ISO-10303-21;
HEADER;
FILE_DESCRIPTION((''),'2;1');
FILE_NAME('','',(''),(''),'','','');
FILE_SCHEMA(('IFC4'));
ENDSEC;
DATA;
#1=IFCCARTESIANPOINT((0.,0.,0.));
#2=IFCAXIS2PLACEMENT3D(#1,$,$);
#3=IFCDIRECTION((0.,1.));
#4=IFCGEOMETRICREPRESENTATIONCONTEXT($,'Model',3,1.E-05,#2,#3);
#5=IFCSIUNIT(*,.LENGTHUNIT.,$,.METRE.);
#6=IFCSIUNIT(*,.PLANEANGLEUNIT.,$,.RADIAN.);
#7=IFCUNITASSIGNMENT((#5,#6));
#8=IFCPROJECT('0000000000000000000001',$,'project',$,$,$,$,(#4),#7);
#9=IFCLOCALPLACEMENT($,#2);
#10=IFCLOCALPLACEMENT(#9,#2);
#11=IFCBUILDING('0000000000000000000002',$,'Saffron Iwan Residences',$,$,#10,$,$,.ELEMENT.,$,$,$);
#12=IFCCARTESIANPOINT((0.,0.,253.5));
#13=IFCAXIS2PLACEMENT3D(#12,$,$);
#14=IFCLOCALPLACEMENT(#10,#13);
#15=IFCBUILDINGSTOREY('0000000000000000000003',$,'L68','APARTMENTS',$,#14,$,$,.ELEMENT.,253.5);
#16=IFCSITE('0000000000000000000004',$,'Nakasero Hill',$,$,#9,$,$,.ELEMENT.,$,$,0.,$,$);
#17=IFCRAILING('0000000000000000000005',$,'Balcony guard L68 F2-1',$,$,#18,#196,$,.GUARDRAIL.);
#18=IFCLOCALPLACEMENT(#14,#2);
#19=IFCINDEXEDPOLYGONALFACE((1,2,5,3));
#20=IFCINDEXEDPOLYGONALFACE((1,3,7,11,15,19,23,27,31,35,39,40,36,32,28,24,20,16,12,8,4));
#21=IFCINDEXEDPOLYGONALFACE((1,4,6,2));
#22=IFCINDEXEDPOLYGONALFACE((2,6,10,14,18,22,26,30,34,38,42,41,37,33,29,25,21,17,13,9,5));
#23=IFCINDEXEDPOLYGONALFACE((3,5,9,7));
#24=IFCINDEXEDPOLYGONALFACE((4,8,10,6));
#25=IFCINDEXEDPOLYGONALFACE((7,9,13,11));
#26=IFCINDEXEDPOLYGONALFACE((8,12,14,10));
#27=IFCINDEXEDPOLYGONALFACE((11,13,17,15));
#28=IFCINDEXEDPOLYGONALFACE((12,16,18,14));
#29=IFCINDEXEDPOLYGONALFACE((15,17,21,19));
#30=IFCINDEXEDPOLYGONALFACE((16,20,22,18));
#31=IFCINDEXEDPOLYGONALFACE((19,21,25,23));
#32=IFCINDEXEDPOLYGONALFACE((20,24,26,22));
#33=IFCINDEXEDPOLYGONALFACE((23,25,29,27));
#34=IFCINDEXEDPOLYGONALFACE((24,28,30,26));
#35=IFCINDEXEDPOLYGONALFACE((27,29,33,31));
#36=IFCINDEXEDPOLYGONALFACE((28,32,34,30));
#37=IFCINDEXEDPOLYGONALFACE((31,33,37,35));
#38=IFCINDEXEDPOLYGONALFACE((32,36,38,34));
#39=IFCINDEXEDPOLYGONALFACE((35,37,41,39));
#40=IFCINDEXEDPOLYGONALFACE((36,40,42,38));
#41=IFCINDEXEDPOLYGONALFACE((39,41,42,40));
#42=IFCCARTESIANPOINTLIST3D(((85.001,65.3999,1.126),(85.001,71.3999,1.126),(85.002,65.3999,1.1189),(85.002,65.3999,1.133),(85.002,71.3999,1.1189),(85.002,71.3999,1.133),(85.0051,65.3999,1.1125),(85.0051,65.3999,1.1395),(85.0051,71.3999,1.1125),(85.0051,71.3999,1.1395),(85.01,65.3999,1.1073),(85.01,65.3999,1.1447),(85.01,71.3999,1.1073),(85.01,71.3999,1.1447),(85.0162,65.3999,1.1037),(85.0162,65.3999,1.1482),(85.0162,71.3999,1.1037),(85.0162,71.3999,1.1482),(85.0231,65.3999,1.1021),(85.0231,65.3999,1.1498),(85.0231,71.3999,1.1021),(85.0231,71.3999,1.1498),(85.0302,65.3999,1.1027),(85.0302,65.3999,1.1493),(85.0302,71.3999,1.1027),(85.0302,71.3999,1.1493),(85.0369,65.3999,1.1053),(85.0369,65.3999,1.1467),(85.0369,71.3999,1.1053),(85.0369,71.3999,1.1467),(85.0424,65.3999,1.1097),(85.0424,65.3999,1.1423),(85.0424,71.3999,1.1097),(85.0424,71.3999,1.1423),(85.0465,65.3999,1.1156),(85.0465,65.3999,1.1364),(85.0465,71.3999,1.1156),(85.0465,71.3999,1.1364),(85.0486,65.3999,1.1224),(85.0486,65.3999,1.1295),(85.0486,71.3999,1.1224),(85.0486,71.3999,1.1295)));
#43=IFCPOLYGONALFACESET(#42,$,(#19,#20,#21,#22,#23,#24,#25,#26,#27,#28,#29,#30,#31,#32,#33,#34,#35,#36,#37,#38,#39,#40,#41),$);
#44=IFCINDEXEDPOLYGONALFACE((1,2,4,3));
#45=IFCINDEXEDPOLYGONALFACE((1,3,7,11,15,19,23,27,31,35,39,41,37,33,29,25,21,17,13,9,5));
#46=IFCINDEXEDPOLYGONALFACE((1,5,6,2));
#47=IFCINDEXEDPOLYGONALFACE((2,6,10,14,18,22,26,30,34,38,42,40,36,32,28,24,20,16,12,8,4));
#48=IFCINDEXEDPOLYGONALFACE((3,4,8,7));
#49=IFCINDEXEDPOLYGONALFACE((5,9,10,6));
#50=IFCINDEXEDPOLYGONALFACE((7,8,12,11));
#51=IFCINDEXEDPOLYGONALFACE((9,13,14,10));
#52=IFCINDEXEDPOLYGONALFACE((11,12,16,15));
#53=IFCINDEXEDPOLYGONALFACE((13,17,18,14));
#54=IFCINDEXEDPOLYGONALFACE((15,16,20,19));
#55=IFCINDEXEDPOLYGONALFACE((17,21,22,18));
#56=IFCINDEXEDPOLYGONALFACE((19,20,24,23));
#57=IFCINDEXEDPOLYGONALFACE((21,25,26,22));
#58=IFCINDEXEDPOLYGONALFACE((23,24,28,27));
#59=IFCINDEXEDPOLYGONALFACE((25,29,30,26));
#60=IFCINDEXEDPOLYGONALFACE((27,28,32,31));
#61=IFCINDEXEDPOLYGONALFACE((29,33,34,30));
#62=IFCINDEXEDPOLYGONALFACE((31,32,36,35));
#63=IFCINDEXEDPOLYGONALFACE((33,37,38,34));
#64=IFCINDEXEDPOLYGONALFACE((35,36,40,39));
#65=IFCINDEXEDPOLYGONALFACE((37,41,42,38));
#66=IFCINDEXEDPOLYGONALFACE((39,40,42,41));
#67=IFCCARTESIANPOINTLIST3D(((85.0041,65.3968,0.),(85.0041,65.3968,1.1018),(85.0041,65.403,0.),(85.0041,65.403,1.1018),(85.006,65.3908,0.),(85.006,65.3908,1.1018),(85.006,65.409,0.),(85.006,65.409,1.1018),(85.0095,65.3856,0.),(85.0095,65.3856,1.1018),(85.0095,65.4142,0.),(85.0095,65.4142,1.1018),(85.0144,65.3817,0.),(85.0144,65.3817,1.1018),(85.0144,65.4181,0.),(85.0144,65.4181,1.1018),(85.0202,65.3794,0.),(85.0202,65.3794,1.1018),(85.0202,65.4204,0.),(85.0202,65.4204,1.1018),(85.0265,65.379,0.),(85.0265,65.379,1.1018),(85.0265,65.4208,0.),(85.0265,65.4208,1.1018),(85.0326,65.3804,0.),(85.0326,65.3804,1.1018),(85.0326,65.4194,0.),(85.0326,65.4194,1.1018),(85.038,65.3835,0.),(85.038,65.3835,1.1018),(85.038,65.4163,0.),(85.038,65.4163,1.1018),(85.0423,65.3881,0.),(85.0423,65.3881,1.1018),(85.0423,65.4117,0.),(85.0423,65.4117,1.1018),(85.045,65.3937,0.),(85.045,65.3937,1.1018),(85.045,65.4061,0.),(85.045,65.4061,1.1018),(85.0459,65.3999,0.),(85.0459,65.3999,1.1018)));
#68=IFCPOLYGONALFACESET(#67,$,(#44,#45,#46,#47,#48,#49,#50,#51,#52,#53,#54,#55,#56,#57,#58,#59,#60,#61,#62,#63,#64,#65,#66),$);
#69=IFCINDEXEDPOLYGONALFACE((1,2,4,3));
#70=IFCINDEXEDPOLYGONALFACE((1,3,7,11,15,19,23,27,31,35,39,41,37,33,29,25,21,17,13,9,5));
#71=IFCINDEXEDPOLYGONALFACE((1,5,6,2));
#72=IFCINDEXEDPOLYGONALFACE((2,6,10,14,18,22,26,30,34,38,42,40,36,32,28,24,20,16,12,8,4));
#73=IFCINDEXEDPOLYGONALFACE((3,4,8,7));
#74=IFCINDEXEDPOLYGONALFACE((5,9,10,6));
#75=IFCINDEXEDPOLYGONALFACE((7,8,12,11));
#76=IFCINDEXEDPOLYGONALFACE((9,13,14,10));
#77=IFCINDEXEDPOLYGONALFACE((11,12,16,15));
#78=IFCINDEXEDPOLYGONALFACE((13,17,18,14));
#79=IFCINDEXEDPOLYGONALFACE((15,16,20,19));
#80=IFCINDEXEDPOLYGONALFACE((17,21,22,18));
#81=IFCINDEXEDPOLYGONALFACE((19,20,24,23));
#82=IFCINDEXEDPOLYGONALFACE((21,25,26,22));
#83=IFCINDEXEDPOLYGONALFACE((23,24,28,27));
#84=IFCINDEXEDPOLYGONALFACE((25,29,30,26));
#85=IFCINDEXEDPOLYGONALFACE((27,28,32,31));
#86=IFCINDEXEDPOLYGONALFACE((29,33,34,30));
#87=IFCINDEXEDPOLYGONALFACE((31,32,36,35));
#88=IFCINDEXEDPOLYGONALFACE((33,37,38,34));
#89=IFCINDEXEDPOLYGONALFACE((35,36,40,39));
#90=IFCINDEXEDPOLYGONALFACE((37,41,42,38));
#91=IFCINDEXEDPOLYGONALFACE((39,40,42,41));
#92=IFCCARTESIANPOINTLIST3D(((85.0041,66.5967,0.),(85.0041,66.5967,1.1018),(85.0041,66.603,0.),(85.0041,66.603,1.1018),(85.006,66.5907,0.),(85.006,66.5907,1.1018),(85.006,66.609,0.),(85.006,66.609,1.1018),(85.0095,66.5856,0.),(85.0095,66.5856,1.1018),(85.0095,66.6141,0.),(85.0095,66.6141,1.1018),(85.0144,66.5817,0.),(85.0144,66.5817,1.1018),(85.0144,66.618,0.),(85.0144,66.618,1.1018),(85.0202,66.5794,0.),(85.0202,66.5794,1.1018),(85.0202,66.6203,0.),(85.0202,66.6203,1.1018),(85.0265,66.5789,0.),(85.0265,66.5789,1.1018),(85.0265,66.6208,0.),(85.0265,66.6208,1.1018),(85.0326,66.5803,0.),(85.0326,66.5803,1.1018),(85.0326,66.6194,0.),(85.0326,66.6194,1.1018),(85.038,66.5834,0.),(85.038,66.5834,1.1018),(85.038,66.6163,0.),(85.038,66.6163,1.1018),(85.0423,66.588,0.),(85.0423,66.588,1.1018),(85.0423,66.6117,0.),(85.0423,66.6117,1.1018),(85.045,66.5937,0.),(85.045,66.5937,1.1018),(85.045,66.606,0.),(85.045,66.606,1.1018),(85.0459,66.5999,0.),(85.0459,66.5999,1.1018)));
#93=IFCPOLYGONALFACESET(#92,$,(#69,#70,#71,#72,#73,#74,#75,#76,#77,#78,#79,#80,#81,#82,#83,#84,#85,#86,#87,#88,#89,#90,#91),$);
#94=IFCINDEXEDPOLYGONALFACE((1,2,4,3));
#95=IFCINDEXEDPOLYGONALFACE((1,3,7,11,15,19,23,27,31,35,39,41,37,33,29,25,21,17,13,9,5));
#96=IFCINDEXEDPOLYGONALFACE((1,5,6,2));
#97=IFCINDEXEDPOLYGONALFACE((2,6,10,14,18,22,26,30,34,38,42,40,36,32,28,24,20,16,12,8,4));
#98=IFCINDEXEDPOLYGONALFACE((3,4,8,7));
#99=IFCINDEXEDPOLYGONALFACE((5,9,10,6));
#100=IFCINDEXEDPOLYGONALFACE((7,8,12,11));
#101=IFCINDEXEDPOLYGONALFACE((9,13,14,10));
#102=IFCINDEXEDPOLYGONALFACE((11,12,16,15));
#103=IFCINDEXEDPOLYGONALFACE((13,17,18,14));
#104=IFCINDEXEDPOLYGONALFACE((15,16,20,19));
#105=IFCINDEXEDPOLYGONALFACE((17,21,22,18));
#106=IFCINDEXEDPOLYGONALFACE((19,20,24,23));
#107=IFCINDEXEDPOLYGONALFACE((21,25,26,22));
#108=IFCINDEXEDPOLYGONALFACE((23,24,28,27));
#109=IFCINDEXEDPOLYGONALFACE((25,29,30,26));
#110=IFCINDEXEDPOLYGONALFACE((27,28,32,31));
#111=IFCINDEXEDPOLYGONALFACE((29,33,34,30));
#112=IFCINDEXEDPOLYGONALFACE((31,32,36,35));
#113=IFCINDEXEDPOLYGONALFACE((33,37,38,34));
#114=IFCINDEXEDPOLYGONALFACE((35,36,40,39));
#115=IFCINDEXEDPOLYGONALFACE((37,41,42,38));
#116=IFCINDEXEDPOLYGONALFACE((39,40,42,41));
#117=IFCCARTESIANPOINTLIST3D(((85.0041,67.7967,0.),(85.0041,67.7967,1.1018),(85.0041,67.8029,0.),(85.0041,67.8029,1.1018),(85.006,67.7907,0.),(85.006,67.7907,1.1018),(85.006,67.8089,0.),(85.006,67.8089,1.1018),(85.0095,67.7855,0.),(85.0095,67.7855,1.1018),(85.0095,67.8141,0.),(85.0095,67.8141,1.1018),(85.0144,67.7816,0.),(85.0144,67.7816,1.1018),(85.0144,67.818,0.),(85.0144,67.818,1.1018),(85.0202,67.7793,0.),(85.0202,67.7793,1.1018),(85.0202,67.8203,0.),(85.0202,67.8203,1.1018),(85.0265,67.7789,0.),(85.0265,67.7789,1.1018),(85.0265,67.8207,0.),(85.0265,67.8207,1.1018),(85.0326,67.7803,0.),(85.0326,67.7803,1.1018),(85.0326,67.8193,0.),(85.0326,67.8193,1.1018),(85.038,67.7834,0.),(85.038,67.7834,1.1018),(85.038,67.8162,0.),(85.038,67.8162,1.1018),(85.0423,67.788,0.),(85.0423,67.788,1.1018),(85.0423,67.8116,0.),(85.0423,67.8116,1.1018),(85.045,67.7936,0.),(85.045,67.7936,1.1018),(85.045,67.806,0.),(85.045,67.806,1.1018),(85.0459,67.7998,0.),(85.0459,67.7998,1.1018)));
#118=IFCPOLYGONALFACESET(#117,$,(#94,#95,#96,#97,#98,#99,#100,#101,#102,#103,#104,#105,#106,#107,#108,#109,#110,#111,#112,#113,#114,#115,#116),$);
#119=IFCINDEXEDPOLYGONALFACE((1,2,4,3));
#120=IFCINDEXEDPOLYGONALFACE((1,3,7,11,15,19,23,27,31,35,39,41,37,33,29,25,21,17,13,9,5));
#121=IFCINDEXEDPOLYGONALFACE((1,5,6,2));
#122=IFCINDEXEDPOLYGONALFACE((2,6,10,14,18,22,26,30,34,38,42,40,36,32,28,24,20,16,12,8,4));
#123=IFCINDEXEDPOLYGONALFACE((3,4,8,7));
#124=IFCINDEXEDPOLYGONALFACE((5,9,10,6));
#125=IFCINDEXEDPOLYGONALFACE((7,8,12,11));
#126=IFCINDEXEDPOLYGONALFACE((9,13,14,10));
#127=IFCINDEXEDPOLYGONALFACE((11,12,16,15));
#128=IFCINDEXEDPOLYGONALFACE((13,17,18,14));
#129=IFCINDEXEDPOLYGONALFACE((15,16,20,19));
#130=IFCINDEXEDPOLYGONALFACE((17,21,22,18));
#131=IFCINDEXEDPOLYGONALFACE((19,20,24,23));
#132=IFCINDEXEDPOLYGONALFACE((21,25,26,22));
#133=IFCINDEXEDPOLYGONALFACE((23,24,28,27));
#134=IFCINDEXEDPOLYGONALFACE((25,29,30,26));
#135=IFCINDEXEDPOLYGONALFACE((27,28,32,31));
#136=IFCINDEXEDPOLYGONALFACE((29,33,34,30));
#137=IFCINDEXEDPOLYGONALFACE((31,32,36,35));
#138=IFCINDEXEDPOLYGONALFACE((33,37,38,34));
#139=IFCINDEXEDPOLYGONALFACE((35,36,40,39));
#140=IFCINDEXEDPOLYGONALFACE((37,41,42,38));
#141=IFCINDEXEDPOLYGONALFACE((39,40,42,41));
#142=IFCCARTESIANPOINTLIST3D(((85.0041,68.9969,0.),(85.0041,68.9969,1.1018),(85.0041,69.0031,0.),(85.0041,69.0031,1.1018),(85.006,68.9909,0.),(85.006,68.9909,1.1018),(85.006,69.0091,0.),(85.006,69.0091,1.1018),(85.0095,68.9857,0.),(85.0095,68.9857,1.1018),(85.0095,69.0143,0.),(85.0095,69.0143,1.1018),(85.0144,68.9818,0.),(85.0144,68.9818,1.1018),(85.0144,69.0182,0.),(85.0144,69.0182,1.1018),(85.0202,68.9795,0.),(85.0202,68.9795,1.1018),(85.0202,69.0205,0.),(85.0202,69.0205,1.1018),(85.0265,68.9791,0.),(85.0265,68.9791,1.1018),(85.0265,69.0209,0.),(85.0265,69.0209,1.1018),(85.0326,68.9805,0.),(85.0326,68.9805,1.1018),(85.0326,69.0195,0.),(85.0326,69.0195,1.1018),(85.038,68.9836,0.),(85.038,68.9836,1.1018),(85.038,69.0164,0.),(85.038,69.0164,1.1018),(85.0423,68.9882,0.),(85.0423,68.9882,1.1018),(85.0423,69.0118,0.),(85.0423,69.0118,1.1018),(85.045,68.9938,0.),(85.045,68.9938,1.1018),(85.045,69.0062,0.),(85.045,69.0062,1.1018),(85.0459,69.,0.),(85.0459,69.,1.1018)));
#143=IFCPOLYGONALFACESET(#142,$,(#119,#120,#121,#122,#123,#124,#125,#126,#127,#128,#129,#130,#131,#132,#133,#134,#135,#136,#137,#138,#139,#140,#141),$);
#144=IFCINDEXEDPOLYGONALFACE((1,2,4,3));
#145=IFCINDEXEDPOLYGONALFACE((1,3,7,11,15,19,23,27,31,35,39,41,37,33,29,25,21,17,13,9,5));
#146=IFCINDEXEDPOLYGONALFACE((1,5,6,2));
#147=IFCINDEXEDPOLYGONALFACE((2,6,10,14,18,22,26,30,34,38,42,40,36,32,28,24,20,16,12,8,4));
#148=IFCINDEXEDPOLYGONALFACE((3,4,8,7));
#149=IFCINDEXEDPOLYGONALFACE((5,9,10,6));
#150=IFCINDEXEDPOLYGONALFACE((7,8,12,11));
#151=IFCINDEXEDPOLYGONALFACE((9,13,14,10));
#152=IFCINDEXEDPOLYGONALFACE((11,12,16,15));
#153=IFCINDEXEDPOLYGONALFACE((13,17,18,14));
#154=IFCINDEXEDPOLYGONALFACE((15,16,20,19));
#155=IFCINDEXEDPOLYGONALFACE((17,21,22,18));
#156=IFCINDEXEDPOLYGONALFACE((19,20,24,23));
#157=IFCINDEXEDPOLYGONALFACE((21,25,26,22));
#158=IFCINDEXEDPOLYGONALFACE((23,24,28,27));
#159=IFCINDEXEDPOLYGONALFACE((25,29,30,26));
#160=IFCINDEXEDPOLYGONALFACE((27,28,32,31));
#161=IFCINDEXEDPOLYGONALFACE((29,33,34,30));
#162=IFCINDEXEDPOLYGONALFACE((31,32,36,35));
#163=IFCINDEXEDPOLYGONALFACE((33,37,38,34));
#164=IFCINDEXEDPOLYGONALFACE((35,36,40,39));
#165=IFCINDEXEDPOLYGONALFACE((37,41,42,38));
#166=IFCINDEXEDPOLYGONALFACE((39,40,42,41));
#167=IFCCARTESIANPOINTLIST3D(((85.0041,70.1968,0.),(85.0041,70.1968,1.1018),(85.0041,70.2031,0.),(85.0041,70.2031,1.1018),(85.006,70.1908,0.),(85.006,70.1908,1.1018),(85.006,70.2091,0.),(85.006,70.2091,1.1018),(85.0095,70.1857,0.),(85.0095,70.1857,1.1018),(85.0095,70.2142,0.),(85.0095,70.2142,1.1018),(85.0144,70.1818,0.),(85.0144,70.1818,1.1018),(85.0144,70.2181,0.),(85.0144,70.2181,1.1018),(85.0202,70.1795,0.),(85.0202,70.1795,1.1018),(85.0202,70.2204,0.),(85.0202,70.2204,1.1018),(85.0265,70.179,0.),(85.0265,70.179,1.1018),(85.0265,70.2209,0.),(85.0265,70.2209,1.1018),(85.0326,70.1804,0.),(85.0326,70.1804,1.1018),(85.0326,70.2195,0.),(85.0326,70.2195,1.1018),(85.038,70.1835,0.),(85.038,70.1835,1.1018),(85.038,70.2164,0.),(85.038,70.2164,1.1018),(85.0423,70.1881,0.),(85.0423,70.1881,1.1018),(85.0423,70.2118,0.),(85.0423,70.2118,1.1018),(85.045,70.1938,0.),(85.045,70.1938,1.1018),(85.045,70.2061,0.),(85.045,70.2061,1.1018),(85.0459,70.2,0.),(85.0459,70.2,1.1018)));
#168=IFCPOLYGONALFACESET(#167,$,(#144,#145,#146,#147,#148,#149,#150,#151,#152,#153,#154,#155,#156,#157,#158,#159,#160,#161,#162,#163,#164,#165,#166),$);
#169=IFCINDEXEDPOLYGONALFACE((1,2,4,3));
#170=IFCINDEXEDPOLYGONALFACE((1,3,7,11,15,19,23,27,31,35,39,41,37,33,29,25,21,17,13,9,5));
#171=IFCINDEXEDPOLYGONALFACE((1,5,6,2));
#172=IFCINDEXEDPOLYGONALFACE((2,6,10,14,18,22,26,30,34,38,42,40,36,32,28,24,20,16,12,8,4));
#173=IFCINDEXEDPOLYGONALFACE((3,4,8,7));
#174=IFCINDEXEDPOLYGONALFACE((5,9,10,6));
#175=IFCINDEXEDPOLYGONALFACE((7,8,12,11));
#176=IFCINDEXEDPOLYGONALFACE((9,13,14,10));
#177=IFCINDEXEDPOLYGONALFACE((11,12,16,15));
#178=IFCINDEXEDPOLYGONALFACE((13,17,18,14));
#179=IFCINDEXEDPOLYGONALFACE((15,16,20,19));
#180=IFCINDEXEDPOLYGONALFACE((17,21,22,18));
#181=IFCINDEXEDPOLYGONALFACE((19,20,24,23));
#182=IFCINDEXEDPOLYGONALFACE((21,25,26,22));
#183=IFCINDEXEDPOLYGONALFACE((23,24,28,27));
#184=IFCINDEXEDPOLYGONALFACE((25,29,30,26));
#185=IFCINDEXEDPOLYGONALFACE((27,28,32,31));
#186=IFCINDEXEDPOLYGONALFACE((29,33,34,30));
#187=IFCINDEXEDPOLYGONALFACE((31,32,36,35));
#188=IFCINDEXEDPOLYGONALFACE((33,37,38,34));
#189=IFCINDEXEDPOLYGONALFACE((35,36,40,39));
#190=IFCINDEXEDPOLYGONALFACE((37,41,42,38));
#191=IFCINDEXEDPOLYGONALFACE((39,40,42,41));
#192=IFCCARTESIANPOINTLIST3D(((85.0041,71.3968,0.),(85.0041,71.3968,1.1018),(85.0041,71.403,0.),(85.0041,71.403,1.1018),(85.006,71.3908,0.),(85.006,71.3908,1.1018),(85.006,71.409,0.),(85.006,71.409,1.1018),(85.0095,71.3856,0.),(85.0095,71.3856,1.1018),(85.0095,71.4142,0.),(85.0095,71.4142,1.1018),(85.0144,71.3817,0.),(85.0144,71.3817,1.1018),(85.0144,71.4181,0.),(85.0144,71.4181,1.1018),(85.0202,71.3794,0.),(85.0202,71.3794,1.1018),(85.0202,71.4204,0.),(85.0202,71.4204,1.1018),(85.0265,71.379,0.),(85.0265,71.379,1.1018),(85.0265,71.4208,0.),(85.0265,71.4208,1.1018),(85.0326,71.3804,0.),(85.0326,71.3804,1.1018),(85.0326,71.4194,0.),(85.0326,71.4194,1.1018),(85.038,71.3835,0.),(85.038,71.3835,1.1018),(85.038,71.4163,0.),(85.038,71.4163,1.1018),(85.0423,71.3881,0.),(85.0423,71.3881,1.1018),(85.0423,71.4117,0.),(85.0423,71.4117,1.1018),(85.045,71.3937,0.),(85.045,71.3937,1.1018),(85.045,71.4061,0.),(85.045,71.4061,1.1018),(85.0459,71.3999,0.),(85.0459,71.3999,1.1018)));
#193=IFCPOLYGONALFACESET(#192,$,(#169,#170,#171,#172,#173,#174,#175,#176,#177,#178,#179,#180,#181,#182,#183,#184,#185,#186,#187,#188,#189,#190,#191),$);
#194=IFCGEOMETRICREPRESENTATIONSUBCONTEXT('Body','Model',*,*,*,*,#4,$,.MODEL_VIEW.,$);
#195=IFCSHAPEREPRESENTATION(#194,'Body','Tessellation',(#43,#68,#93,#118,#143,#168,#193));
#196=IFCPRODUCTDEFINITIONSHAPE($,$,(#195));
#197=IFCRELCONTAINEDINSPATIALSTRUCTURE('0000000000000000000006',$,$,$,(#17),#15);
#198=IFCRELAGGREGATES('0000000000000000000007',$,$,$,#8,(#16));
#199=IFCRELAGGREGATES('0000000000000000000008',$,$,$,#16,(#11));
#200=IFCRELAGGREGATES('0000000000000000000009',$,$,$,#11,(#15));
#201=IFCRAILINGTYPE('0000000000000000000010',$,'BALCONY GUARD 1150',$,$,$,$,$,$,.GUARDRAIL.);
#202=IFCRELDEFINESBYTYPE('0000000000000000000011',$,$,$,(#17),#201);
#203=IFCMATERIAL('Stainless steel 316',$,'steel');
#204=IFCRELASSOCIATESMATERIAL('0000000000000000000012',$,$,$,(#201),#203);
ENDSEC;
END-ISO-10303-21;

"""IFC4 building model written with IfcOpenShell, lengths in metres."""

from ifc_helpers import new_model, si_unit, direction, frame, origin, origin_2d, place, context, subcontext, project, spatial, circle, extrude, material, type_object, element, save


model = new_model("IFC4")

# Units and contexts
model_context = context("Model", 3, precision=1e-05, world=origin(), true_north=direction((0.0, 1.0)))
body_context = subcontext(model_context, "Body", "Model", "MODEL_VIEW")
ifc_project = project(units=[si_unit("LENGTHUNIT", "METRE"), si_unit("PLANEANGLEUNIT", "RADIAN")], contexts=[model_context])

# Site, building, storey
site_placement = place(None, origin())
site = spatial("IfcSite", under=ifc_project, at=site_placement, Name="Nakasero Hill", CompositionType="ELEMENT", RefElevation=0.0)
building_placement = place(site_placement, origin())
building = spatial("IfcBuilding", under=site, at=building_placement, Name="Saffron Iwan Residences", CompositionType="ELEMENT")
storey_placement = place(building_placement, frame((0.0, 0.0, 253.5)))
storey = spatial("IfcBuildingStorey", under=building, at=storey_placement, Name="L68", Description="APARTMENTS", CompositionType="ELEMENT", Elevation=253.5)

# Railing
ifc_material_1 = material(Name="Stainless steel 316", Category="steel")
railing_type_1 = type_object("IfcRailingType", Name="BALCONY GUARD 1150", PredefinedType="GUARDRAIL", material=ifc_material_1)
railing_1_placement = place(storey_placement, frame((85.0249, 65.3999, 0.0)))
element("IfcRailing", 1, at=railing_1_placement, inside=storey, type_object=railing_type_1, Name="Balcony guard L68 F2-1", PredefinedType="GUARDRAIL", context=body_context, shape_type="SweptSolid", body=[
    extrude(circle(Radius=0.0239, at=origin_2d()), frame((0.0, 0.0, 1.126), z_axis=(0.0, 1.0, 0.0), x_axis=(-1.0, 0.0, 0.0)), (0.0, 0.0, 1.0), 6.0),
    extrude(circle(Radius=0.021, at=origin_2d()), origin(), (0.0, 0.0, 1.0), 1.1018),
    extrude(circle(Radius=0.021, at=origin_2d()), frame((0.0, 1.2, 0.0)), (0.0, 0.0, 1.0), 1.1018),
    extrude(circle(Radius=0.021, at=origin_2d()), frame((0.0, 2.3999, 0.0)), (0.0, 0.0, 1.0), 1.1018),
    extrude(circle(Radius=0.021, at=origin_2d()), frame((0.0, 3.6001, 0.0)), (0.0, 0.0, 1.0), 1.1018),
    extrude(circle(Radius=0.021, at=origin_2d()), frame((0.0, 4.8, 0.0)), (0.0, 0.0, 1.0), 1.1018),
    extrude(circle(Radius=0.021, at=origin_2d()), frame((0.0, 6.0, 0.0)), (0.0, 0.0, 1.0), 1.1018),
])

save(model, "model.ifc")
